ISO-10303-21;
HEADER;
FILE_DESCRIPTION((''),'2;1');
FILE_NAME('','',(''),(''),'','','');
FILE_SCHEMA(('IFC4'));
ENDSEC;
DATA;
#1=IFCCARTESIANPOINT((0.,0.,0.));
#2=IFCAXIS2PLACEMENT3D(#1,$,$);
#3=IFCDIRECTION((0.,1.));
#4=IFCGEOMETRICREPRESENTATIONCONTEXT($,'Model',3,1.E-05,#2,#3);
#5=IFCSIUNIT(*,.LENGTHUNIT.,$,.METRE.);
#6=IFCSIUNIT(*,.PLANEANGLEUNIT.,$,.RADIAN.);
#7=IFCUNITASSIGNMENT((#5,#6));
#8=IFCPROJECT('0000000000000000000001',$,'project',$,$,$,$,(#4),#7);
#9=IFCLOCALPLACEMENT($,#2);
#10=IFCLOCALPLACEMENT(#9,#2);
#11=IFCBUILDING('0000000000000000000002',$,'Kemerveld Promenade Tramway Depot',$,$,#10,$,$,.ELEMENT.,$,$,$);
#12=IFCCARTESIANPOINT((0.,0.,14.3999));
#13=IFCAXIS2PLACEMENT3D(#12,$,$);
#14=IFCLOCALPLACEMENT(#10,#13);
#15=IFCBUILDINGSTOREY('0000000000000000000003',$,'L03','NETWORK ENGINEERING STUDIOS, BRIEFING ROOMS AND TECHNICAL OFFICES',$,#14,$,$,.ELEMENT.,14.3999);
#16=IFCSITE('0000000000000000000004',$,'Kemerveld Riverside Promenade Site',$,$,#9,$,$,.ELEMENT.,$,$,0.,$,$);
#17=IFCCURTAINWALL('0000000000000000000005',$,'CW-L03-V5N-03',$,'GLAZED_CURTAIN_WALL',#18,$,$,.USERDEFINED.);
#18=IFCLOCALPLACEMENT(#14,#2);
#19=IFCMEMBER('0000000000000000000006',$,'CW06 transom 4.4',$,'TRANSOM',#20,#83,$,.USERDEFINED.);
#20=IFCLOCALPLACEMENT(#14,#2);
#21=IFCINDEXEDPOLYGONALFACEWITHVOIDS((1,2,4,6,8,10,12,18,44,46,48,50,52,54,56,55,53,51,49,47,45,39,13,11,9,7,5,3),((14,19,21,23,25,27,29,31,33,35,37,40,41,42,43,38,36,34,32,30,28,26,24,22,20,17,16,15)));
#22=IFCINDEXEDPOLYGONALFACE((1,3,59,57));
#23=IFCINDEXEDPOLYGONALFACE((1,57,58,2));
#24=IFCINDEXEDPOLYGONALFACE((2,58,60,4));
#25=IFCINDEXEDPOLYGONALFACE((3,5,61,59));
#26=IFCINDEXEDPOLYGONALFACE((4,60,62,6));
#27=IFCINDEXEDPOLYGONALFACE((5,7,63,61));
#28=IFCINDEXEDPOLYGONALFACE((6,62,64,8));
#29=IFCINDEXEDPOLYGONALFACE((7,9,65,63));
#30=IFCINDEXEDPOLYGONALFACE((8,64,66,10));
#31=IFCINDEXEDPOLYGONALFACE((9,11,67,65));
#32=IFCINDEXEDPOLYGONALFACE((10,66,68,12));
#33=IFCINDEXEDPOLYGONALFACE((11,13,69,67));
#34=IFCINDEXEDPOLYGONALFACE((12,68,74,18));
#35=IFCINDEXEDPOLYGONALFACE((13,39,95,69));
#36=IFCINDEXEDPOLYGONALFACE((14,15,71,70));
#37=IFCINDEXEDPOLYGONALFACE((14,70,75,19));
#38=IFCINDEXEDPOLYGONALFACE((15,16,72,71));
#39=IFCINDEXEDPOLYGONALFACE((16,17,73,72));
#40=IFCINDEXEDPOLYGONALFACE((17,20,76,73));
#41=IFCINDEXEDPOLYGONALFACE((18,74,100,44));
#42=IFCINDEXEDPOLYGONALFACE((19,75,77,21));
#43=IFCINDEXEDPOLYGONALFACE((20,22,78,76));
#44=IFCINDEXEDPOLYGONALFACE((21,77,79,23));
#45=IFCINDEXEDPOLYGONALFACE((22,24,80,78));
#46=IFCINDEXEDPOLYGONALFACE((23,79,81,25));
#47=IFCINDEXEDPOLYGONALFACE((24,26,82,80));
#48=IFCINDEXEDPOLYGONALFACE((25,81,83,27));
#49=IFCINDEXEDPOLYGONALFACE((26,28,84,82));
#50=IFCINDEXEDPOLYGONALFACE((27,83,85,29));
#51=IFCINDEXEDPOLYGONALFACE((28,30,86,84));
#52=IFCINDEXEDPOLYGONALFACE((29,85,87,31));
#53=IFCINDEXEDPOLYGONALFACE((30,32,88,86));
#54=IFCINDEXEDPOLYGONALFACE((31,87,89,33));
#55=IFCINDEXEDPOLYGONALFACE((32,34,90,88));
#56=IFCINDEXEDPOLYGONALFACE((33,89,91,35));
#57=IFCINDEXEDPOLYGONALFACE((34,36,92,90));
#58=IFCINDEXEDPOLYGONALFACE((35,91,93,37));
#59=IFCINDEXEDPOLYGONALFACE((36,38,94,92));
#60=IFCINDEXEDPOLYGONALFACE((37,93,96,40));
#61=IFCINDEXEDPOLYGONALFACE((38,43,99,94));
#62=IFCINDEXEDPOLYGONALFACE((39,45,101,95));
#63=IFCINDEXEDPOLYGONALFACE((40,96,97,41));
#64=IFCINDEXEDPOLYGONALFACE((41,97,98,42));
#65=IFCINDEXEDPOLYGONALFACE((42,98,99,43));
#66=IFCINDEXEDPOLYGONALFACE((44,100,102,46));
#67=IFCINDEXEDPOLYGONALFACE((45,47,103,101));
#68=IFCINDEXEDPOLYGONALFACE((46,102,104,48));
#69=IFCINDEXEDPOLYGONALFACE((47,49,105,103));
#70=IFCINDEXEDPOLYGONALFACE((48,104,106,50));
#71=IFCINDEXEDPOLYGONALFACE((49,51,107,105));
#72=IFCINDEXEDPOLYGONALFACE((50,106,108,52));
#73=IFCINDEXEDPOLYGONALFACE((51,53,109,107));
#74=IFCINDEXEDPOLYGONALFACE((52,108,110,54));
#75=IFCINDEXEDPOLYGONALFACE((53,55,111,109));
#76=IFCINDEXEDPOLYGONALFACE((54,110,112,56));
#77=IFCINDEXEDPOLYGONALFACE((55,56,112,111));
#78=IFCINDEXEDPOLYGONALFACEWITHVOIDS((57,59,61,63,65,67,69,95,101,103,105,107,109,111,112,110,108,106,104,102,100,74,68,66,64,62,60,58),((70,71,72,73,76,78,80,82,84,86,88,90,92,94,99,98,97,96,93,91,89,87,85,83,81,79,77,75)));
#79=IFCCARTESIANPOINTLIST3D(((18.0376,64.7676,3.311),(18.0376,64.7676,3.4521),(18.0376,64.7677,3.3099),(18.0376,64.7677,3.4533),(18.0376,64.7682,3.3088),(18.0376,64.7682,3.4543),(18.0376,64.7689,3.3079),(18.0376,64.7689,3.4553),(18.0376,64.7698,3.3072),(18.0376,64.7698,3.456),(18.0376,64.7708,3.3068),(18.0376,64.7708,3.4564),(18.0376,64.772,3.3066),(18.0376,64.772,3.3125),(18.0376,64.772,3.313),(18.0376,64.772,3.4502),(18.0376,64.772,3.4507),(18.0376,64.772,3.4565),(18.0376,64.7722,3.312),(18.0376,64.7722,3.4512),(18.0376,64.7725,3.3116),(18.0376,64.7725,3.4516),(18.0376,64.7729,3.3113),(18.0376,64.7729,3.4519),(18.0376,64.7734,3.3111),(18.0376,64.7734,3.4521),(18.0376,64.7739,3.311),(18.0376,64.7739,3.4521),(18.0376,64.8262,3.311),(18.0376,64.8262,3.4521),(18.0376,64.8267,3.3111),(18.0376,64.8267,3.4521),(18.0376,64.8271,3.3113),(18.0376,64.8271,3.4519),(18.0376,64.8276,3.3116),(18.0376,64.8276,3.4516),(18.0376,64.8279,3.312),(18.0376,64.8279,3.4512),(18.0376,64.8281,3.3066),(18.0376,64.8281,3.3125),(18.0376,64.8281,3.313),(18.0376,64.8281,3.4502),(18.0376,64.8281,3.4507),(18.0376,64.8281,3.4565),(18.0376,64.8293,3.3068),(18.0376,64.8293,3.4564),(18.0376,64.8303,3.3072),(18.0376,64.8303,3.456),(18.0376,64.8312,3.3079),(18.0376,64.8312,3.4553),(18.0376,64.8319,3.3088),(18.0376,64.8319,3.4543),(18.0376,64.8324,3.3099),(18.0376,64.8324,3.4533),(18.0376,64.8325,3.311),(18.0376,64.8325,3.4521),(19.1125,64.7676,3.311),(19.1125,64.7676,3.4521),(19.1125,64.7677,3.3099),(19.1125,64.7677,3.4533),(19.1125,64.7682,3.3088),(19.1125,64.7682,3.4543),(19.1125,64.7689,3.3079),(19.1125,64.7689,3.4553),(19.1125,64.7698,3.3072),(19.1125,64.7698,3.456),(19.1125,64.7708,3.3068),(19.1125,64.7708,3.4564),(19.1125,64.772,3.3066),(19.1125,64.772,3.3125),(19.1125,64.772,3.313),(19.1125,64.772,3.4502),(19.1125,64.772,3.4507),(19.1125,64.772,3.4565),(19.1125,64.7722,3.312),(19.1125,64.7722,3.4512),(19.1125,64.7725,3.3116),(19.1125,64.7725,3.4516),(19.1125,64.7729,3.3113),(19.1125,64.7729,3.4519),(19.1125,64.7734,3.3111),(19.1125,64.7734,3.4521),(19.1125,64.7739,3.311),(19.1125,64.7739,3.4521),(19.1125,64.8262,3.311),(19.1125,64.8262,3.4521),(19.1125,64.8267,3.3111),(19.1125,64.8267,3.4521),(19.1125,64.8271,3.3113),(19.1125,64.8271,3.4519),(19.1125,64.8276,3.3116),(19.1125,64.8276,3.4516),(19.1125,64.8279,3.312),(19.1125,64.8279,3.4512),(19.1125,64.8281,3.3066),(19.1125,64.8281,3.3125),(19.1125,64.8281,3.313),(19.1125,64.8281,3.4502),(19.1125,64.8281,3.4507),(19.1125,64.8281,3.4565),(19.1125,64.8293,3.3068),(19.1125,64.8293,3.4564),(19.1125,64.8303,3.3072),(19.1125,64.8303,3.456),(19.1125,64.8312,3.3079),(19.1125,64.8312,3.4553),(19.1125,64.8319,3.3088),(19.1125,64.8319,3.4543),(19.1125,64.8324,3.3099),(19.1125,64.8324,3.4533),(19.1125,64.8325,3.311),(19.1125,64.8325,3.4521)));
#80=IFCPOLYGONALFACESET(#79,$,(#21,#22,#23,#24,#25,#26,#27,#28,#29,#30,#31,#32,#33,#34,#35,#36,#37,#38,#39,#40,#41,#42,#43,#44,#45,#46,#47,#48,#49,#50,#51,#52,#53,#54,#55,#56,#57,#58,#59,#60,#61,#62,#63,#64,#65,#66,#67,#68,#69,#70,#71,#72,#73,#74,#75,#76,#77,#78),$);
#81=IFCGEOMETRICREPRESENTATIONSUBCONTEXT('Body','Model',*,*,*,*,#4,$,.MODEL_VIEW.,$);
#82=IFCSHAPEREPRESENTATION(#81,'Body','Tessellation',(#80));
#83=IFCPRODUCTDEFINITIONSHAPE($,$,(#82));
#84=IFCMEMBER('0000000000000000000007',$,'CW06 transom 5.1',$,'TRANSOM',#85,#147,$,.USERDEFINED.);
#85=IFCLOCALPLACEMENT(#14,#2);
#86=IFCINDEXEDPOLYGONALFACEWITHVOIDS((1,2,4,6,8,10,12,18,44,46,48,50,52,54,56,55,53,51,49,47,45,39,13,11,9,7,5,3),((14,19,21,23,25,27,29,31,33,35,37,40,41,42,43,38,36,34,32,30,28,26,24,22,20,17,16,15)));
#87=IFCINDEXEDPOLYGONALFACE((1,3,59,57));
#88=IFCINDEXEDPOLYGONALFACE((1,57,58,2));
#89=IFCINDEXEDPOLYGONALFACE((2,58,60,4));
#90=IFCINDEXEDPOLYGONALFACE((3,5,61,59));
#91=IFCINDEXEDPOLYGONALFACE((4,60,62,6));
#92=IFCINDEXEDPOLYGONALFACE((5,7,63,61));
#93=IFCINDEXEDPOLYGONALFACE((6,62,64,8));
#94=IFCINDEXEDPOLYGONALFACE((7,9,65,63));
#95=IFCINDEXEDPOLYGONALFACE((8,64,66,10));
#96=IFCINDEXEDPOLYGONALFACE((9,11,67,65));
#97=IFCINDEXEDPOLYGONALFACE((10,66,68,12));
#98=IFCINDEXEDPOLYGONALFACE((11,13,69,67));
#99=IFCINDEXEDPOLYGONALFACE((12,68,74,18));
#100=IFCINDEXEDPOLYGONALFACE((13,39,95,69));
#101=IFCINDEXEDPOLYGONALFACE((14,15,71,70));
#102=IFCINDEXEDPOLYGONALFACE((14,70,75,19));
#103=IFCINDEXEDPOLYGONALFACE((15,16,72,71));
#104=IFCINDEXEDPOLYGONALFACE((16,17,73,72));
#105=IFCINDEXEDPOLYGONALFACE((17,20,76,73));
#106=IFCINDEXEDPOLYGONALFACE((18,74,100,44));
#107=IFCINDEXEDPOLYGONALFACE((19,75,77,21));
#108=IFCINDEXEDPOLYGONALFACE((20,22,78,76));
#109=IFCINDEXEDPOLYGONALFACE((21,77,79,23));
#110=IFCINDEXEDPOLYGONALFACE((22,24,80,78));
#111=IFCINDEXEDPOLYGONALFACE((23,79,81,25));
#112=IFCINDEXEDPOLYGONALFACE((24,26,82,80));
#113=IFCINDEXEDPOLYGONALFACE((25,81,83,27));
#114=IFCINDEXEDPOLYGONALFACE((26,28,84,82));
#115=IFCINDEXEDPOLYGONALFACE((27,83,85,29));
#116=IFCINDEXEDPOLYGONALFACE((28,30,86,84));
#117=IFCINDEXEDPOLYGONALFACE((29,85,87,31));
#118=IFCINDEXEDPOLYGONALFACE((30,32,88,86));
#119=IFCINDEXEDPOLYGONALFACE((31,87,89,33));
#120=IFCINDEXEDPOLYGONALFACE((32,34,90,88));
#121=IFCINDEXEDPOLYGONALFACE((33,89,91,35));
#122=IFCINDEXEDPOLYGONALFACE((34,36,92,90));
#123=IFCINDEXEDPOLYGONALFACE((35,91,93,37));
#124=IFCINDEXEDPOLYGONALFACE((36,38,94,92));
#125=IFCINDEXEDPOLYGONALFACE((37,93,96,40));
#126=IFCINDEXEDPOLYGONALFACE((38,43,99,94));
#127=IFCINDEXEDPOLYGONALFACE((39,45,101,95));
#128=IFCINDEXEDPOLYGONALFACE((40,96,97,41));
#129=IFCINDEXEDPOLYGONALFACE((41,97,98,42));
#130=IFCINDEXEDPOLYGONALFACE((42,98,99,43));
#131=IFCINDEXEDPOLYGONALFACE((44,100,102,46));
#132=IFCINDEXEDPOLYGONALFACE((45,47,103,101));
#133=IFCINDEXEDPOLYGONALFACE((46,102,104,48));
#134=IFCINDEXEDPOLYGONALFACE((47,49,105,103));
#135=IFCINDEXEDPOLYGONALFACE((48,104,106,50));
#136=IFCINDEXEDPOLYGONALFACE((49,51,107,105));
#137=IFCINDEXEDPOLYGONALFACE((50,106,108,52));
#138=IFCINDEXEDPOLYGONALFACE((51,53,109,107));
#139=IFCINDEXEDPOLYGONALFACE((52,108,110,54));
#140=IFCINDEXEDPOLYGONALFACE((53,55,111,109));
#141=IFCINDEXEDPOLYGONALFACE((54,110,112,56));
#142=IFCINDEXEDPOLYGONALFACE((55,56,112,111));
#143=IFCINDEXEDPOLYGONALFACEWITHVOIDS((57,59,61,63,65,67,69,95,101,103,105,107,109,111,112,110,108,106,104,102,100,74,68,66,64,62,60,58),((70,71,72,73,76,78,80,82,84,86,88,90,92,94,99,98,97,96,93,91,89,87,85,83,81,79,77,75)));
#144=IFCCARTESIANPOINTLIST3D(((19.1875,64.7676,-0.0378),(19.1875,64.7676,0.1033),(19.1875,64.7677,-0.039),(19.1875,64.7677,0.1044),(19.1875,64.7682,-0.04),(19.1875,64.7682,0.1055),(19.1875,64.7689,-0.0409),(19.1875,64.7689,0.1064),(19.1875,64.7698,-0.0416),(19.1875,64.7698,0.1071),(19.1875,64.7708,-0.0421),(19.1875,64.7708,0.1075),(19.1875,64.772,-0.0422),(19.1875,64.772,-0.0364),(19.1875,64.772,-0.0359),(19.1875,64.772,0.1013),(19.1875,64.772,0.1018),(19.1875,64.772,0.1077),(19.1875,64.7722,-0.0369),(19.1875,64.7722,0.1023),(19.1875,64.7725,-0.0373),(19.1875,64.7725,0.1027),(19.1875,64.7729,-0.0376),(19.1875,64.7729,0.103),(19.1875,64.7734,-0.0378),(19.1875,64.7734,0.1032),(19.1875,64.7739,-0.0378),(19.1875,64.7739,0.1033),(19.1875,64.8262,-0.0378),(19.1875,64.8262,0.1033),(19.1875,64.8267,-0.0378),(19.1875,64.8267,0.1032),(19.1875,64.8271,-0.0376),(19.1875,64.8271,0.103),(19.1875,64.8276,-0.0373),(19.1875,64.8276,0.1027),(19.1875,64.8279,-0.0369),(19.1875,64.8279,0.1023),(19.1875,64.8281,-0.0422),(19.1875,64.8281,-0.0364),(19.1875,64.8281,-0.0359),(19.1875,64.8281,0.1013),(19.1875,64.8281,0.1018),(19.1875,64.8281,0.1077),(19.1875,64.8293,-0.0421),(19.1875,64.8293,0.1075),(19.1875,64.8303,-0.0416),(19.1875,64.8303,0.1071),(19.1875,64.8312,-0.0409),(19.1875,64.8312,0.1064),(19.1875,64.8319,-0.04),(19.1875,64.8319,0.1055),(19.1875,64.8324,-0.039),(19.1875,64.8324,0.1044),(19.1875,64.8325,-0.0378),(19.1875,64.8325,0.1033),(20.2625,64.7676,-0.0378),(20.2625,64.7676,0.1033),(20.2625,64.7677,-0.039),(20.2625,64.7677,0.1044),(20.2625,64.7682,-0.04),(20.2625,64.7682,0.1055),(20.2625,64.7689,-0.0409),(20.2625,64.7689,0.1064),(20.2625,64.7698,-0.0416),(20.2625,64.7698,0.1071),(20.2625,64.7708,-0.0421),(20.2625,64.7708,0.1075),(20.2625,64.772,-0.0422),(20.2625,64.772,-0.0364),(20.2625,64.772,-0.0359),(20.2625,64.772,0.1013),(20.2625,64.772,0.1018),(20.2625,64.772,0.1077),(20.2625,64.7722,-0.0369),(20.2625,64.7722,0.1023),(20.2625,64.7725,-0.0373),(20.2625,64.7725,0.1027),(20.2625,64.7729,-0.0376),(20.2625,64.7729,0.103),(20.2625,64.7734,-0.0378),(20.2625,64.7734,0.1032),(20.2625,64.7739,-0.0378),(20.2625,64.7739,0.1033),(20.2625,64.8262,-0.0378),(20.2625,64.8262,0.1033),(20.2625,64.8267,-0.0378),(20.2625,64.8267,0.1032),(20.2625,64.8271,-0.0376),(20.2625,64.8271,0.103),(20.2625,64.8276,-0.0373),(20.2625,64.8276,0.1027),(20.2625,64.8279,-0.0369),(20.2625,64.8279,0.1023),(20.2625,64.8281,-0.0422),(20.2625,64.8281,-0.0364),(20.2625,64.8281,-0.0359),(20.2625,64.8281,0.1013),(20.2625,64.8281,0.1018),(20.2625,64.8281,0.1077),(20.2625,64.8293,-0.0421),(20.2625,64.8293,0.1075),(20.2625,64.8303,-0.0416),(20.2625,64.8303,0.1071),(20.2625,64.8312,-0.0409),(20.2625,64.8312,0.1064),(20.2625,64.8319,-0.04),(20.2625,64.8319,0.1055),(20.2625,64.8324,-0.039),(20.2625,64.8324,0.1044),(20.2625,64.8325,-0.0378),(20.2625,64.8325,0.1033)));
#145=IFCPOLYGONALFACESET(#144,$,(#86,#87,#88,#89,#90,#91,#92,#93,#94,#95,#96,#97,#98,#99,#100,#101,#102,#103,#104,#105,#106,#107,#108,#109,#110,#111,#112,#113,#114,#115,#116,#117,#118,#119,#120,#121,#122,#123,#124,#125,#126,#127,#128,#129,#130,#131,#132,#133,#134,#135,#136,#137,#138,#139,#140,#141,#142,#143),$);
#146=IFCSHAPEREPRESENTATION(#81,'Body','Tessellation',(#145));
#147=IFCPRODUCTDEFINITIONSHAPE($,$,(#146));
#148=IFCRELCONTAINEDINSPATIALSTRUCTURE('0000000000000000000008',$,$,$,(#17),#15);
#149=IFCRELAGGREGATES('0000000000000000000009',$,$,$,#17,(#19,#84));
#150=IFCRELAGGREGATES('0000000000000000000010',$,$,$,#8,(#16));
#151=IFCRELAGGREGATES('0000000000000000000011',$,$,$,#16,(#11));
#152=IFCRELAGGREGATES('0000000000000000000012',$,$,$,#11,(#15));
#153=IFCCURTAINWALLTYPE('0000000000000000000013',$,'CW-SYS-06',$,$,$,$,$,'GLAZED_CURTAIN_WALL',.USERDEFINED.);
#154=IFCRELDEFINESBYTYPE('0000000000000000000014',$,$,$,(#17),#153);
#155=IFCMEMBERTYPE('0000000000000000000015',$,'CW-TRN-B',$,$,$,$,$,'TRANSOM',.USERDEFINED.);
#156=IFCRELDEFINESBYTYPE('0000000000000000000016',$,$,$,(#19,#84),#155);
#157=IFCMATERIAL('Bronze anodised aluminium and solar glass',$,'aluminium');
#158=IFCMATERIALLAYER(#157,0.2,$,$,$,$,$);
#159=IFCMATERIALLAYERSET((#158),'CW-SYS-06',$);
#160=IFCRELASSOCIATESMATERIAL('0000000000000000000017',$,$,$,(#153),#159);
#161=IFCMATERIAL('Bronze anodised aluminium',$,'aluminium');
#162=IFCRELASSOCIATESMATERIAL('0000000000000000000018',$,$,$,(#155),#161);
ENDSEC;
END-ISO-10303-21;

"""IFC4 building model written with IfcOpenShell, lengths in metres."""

from ifc_helpers import new_model, si_unit, direction, frame, origin, origin_2d, place, context, subcontext, project, spatial, hollow_rectangle, extrude, material, layer, layer_set, material_profile, profile_set, type_object, element, aggregate, save


model = new_model("IFC4")

# Units and contexts
model_context = context("Model", 3, precision=1e-05, world=origin(), true_north=direction((0.0, 1.0)))
body_context = subcontext(model_context, "Body", "Model", "MODEL_VIEW")
ifc_project = project(units=[si_unit("LENGTHUNIT", "METRE"), si_unit("PLANEANGLEUNIT", "RADIAN")], contexts=[model_context])

# Site, building, storey
site_placement = place(None, origin())
site = spatial("IfcSite", under=ifc_project, at=site_placement, Name="Kemerveld Riverside Promenade Site", CompositionType="ELEMENT", RefElevation=0.0)
building_placement = place(site_placement, origin())
building = spatial("IfcBuilding", under=site, at=building_placement, Name="Kemerveld Promenade Tramway Depot", CompositionType="ELEMENT")
storey_placement = place(building_placement, frame((0.0, 0.0, 14.3999)))
storey = spatial("IfcBuildingStorey", under=building, at=storey_placement, Name="L03", Description="NETWORK ENGINEERING STUDIOS, BRIEFING ROOMS AND TECHNICAL OFFICES", CompositionType="ELEMENT", Elevation=14.3999)

# Curtain wall, members
ifc_material_1 = material(Name="Bronze anodised aluminium and solar glass", Category="aluminium")
ifc_layer_1 = layer(ifc_material_1, 0.2)
ifc_layer_set_1 = layer_set([ifc_layer_1], Name="CW-SYS-06")
curtain_wall_type = type_object("IfcCurtainWallType", Name="CW-SYS-06", ElementType="GLAZED_CURTAIN_WALL", PredefinedType="USERDEFINED", material=ifc_layer_set_1)
curtain_wall_placement = place(storey_placement, origin())
curtain_wall = element("IfcCurtainWall", 1, at=curtain_wall_placement, inside=storey, type_object=curtain_wall_type, Name="CW-L03-V5N-03", ObjectType="GLAZED_CURTAIN_WALL", PredefinedType="USERDEFINED")
ifc_material_2 = material(Name="Bronze anodised aluminium", Category="aluminium")
ifc_material_profile_1 = material_profile(ifc_material_2, hollow_rectangle(XDim=0.0649, YDim=0.1499, WallThickness=0.0044, InnerFilletRadius=0.002, OuterFilletRadius=0.0044, at=origin_2d()), Name="CW-TRN-150x65")
ifc_profile_set_1 = profile_set([ifc_material_profile_1], Name="Bronze anodised aluminium")
member_type_1 = type_object("IfcMemberType", Name="CW-TRN-B", ElementType="TRANSOM", PredefinedType="USERDEFINED", material=ifc_profile_set_1)
member_1_placement = place(storey_placement, frame((18.0376, 64.8, 3.3816), z_axis=(1.0, 0.0, 0.0), x_axis=(0.0, 1.0, 0.0)))
member_1 = element("IfcMember", 2, at=member_1_placement, type_object=member_type_1, Name="CW06 transom 4.4", ObjectType="TRANSOM", PredefinedType="USERDEFINED", context=body_context, shape_type="SweptSolid", body=[
    extrude(hollow_rectangle(XDim=0.0649, YDim=0.1499, WallThickness=0.0044, InnerFilletRadius=0.002, OuterFilletRadius=0.0044, at=origin_2d()), origin(), (0.0, 0.0, 1.0), 1.075),
])
member_2_placement = place(storey_placement, frame((19.1875, 64.8, 0.0327), z_axis=(1.0, 0.0, 0.0), x_axis=(0.0, 1.0, 0.0)))
member_2 = element("IfcMember", 3, at=member_2_placement, type_object=member_type_1, Name="CW06 transom 5.1", ObjectType="TRANSOM", PredefinedType="USERDEFINED", context=body_context, shape_type="SweptSolid", body=[
    extrude(hollow_rectangle(XDim=0.0649, YDim=0.1499, WallThickness=0.0044, InnerFilletRadius=0.002, OuterFilletRadius=0.0044, at=origin_2d()), origin(), (0.0, 0.0, 1.0), 1.075),
])
aggregate(curtain_wall, [member_1, member_2])

save(model, "model.ifc")
